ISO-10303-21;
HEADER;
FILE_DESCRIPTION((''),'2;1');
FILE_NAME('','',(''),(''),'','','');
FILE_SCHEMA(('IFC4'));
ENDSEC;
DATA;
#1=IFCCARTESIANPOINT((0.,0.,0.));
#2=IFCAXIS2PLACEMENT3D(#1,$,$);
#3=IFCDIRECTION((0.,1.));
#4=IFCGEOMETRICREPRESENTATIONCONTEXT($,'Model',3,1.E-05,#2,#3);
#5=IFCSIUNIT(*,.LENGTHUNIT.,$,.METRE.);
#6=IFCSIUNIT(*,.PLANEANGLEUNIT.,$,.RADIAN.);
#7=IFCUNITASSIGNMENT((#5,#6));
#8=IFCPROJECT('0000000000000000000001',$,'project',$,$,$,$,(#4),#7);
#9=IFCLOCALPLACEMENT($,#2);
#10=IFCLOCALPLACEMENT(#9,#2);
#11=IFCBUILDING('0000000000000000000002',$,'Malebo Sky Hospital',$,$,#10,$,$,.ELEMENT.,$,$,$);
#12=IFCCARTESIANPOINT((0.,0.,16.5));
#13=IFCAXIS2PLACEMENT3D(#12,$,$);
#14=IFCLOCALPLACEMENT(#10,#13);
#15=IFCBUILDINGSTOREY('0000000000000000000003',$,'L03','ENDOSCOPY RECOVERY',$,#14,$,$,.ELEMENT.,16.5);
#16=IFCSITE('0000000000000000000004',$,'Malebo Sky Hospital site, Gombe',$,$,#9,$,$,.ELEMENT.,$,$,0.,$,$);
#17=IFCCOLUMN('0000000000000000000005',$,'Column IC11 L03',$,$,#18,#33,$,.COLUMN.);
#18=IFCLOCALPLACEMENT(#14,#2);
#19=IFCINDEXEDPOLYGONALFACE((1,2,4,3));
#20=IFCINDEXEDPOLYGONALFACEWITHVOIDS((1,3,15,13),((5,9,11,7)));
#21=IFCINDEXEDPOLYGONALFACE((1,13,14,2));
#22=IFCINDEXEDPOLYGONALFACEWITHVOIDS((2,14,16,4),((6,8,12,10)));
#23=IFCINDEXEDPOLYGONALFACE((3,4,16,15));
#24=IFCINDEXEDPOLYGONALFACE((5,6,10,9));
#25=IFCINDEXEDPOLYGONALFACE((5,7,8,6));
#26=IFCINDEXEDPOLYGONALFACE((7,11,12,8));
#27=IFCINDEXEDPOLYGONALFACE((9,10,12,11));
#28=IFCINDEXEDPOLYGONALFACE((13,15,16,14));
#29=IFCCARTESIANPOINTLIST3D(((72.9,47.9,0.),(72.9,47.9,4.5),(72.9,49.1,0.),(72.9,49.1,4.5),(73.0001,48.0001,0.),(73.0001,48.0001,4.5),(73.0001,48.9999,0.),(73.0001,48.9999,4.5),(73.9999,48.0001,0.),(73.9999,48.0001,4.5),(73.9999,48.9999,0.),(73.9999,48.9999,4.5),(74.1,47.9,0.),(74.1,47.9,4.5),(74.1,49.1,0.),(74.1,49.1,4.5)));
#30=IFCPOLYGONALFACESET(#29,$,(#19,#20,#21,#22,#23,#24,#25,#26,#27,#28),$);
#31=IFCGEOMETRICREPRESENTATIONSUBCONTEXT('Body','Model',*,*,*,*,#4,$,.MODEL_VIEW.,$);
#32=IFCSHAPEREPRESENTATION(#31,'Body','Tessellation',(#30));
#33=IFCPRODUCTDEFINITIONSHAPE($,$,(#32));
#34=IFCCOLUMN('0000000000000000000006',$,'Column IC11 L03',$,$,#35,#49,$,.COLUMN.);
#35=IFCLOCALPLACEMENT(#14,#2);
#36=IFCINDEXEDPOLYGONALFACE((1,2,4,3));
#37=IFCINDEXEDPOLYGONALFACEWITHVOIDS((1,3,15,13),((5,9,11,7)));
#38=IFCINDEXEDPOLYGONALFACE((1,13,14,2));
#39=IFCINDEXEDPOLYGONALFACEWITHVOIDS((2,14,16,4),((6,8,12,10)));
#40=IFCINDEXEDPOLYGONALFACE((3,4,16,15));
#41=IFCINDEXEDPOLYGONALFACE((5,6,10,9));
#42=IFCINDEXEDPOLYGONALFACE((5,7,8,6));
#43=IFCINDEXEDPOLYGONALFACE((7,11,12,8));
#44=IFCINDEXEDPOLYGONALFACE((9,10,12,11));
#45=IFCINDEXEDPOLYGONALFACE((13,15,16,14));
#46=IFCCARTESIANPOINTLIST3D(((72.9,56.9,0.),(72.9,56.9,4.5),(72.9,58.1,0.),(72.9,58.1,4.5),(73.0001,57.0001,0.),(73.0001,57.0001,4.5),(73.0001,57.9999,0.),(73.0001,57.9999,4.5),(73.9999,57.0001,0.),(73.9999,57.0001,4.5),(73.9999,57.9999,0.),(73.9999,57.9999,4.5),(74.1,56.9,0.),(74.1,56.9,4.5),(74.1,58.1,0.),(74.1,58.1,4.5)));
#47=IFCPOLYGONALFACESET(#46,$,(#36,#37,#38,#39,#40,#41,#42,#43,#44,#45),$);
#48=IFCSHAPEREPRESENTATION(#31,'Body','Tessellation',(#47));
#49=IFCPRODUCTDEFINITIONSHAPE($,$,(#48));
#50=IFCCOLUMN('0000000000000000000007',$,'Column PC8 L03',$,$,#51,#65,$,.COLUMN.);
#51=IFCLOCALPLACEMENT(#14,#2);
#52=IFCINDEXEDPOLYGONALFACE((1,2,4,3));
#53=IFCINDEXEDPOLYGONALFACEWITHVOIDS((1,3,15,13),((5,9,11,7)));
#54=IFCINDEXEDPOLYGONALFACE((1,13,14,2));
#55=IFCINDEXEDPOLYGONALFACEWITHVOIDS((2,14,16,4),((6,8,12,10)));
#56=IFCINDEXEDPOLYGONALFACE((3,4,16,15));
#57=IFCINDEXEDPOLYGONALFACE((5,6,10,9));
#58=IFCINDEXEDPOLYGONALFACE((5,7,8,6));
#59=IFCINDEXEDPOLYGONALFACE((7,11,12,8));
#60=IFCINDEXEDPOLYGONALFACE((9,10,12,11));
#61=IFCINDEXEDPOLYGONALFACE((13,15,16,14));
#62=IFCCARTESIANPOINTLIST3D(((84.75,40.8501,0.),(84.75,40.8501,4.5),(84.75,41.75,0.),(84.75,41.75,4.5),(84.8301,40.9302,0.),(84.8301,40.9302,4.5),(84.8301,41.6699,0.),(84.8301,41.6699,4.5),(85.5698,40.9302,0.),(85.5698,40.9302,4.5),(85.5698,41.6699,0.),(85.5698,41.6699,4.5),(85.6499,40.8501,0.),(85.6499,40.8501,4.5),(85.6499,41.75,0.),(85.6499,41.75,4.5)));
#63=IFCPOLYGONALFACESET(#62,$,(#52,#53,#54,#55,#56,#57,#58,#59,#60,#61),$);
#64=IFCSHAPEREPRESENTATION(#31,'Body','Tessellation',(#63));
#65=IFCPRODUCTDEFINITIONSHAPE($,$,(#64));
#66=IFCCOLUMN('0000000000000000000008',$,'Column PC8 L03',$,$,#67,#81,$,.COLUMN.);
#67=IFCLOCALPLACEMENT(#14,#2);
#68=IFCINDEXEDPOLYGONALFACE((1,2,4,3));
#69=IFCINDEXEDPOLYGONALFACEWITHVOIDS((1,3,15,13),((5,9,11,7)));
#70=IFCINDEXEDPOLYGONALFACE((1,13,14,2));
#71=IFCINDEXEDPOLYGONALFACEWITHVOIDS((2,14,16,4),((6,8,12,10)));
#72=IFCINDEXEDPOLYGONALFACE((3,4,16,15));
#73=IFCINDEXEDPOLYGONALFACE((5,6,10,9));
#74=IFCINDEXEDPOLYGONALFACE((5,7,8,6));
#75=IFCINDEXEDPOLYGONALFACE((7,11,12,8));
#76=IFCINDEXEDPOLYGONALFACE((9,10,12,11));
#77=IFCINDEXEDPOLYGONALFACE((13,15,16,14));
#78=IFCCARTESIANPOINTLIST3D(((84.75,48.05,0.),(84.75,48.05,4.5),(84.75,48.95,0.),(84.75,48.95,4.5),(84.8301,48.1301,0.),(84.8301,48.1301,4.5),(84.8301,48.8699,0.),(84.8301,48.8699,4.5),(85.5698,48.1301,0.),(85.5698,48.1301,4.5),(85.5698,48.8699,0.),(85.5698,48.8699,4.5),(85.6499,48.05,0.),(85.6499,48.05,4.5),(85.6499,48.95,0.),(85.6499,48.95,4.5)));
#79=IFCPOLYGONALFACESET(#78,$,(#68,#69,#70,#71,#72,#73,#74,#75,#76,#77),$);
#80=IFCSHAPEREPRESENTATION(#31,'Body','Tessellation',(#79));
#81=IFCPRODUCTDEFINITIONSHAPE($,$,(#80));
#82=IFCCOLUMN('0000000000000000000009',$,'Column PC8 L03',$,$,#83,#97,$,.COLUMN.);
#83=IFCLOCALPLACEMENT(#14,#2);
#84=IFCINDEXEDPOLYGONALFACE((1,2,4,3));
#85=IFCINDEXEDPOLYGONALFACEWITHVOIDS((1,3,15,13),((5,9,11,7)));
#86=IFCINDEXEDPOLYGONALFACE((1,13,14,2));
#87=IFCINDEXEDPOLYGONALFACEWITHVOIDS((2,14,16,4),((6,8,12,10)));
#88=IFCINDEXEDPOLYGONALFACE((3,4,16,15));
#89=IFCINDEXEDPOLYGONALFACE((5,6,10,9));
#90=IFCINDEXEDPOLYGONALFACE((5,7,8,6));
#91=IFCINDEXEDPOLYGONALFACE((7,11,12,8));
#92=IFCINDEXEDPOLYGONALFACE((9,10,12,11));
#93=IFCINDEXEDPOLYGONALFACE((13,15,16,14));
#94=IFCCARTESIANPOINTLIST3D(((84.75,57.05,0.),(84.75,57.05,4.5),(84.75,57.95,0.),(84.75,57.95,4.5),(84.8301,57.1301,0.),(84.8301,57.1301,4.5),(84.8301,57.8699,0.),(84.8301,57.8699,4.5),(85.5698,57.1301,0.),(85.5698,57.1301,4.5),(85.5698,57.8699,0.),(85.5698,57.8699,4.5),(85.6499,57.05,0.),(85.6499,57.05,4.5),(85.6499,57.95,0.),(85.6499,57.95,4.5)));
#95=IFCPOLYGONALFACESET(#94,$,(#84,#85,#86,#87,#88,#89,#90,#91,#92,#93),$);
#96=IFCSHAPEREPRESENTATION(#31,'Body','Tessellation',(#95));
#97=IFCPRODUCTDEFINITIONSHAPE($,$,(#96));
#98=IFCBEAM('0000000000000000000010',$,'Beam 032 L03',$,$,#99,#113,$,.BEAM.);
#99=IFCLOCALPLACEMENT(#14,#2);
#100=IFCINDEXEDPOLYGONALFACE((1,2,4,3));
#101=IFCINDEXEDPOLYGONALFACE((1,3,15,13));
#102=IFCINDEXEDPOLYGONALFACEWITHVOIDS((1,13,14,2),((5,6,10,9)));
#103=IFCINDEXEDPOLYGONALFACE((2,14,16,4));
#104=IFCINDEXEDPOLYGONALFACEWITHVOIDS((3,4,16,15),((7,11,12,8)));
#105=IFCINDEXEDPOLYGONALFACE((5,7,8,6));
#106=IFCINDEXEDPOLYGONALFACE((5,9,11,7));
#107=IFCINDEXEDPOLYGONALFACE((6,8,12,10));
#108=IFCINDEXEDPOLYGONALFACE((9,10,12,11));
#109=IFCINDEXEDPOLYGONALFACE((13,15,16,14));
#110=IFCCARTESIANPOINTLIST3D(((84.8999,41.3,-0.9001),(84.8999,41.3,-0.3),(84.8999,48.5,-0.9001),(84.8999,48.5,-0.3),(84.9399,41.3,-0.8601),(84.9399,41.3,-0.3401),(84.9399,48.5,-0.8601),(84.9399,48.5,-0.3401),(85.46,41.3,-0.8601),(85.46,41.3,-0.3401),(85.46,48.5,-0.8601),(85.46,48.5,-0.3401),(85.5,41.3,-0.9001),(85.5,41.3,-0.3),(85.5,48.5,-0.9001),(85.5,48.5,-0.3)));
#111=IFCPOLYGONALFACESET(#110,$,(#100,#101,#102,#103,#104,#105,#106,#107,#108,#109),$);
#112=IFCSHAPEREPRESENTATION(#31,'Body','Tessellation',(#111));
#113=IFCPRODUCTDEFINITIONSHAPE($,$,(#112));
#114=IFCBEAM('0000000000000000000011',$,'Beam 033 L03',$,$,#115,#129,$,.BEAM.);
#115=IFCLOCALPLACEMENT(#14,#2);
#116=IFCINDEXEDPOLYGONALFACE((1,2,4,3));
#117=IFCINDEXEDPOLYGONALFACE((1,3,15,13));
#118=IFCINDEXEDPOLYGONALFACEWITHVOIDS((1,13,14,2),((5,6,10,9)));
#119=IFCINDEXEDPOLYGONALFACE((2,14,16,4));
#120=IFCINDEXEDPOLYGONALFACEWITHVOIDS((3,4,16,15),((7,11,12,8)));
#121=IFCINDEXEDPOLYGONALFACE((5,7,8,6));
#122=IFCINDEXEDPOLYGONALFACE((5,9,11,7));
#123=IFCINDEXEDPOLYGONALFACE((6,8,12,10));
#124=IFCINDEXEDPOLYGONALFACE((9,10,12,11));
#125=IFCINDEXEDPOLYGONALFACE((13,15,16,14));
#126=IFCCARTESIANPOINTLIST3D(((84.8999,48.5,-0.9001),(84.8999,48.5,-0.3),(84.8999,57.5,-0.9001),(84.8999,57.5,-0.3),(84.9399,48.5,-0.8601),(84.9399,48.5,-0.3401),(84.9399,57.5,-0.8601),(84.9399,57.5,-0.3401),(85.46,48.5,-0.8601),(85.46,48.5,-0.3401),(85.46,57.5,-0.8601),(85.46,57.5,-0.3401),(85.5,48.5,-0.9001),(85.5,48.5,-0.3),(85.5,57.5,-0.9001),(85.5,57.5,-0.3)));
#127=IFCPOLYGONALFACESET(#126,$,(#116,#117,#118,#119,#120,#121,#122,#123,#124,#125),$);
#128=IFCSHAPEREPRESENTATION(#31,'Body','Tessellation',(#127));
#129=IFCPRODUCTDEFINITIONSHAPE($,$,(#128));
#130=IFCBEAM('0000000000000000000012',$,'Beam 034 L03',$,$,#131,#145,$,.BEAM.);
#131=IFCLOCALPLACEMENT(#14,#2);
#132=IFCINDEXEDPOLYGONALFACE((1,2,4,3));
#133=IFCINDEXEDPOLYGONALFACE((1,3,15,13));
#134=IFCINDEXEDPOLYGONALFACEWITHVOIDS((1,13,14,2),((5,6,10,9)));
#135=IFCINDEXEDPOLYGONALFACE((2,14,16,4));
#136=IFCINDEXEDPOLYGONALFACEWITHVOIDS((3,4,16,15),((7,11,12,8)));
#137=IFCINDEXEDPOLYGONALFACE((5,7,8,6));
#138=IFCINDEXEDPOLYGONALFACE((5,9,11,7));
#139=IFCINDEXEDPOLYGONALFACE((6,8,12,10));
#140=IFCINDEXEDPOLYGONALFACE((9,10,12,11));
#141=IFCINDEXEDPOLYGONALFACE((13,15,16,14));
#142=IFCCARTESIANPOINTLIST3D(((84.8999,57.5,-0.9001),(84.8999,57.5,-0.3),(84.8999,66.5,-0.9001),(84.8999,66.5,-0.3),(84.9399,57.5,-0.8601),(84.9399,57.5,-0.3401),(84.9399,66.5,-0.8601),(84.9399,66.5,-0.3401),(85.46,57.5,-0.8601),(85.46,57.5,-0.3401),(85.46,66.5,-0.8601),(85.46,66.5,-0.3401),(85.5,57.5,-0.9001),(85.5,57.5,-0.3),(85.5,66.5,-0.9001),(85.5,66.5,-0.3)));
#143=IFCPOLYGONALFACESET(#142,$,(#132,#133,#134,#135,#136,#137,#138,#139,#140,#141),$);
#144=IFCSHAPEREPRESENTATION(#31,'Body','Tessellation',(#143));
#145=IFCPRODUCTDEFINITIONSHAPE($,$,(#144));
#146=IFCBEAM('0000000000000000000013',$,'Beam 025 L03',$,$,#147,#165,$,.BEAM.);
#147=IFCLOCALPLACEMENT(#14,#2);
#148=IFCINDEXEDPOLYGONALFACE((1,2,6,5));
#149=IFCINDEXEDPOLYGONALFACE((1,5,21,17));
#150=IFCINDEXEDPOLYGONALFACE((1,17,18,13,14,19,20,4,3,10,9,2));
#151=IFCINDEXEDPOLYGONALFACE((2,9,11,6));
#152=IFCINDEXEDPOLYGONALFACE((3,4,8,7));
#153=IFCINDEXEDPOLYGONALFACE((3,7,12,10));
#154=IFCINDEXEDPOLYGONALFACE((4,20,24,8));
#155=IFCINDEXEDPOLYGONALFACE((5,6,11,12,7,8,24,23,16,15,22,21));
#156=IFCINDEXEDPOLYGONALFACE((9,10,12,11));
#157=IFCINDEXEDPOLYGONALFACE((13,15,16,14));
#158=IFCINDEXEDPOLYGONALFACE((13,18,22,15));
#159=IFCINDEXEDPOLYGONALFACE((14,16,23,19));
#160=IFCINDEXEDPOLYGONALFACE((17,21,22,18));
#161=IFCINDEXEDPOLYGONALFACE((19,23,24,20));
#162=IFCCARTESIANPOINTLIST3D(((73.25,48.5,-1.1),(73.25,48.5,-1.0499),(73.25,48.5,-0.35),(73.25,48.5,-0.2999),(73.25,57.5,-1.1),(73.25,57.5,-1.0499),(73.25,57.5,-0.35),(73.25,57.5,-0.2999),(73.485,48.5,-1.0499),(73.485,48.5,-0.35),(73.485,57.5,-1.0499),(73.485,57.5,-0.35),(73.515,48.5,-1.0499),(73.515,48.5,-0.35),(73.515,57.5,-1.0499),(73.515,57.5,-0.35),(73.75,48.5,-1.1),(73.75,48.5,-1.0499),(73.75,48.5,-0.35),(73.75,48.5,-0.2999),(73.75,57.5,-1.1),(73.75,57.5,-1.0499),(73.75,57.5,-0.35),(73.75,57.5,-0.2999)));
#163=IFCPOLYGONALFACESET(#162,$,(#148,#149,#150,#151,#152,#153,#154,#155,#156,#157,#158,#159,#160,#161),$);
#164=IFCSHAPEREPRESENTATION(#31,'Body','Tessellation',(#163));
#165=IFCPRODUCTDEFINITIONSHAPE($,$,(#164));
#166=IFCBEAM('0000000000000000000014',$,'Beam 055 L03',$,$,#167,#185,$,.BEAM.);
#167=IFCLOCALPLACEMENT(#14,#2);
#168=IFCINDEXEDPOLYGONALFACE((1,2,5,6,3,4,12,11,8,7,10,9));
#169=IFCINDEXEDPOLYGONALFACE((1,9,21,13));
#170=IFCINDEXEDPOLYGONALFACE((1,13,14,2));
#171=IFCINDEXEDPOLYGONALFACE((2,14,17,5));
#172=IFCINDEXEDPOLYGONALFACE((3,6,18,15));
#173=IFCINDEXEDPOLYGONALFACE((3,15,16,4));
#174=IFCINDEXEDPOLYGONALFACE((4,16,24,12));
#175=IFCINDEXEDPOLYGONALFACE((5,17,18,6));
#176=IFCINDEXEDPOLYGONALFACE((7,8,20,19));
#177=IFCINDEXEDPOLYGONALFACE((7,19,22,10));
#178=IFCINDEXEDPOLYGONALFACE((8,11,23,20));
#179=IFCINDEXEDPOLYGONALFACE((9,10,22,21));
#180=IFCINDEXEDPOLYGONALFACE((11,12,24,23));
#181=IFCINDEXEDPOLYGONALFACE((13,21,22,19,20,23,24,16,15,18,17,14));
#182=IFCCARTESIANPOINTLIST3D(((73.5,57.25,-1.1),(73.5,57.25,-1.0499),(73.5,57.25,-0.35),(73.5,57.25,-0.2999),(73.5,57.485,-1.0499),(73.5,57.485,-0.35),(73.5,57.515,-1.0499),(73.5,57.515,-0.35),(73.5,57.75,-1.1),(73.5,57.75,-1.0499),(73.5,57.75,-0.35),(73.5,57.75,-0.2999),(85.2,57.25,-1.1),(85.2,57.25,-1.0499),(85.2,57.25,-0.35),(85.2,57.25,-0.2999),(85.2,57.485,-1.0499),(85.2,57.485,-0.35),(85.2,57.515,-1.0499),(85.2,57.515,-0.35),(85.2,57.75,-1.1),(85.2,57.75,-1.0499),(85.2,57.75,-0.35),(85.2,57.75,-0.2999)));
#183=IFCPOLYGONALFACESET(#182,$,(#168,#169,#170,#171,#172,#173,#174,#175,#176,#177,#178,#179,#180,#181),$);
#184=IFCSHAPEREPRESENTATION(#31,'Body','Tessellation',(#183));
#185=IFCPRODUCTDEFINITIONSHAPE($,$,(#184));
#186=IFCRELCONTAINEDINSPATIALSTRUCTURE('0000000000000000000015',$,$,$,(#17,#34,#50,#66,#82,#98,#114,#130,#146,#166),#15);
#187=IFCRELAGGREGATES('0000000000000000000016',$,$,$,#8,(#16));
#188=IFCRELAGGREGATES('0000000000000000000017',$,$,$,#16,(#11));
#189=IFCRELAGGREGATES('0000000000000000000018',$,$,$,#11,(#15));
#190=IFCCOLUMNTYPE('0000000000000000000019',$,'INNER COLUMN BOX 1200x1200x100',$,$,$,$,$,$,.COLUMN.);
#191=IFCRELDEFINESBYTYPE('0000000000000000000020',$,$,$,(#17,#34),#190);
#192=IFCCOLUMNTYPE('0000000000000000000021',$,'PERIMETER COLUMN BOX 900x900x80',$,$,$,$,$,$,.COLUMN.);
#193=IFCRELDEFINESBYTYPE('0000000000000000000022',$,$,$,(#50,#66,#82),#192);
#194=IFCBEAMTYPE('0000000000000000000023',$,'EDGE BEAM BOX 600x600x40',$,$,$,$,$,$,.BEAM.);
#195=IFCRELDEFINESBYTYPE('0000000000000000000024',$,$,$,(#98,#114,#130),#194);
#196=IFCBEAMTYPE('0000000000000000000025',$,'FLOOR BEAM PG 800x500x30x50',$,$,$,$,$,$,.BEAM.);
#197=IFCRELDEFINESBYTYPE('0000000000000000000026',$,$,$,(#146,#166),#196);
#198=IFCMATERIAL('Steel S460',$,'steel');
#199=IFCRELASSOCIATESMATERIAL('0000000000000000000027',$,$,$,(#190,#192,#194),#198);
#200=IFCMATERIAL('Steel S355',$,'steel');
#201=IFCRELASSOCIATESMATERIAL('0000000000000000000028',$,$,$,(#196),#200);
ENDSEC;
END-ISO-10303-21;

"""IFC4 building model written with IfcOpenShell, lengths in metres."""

from ifc_helpers import new_model, si_unit, direction, frame, origin, origin_2d, place, context, subcontext, project, spatial, hollow_rectangle, i_section, extrude, material, material_profile, profile_set, type_object, element, save


model = new_model("IFC4")

# Units and contexts
model_context = context("Model", 3, precision=1e-05, world=origin(), true_north=direction((0.0, 1.0)))
body_context = subcontext(model_context, "Body", "Model", "MODEL_VIEW")
ifc_project = project(units=[si_unit("LENGTHUNIT", "METRE"), si_unit("PLANEANGLEUNIT", "RADIAN")], contexts=[model_context])

# Site, building, storey
site_placement = place(None, origin())
site = spatial("IfcSite", under=ifc_project, at=site_placement, Name="Malebo Sky Hospital site, Gombe", CompositionType="ELEMENT", RefElevation=0.0)
building_placement = place(site_placement, origin())
building = spatial("IfcBuilding", under=site, at=building_placement, Name="Malebo Sky Hospital", CompositionType="ELEMENT")
storey_placement = place(building_placement, frame((0.0, 0.0, 16.5)))
storey = spatial("IfcBuildingStorey", under=building, at=storey_placement, Name="L03", Description="ENDOSCOPY RECOVERY", CompositionType="ELEMENT", Elevation=16.5)

# Columns
ifc_material_1 = material(Name="Steel S460", Category="steel")
ifc_material_profile_1 = material_profile(ifc_material_1, hollow_rectangle(XDim=1.2, YDim=1.2, WallThickness=0.1001, at=origin_2d()), Name="BOX 1200x1200x100")
ifc_profile_set_1 = profile_set([ifc_material_profile_1], Name="Steel S460")
column_type_1 = type_object("IfcColumnType", Name="INNER COLUMN BOX 1200x1200x100", PredefinedType="COLUMN", material=ifc_profile_set_1)
for number, where, z_axis, x_axis, name in (
    (1, (73.5, 48.5, 0.0), (0.0, 0.0, 1.0), (1.0, 0.0, 0.0), "Column IC11 L03"),
    (2, (73.5, 57.5, 0.0), (0.0, 0.0, 1.0), (1.0, 0.0, 0.0), "Column IC11 L03"),
):
    element("IfcColumn", number, at=place(storey_placement, frame(where, z_axis=z_axis, x_axis=x_axis)), inside=storey, type_object=column_type_1, Name=name, PredefinedType="COLUMN", context=body_context, shape_type="SweptSolid", body=[
        extrude(hollow_rectangle(XDim=1.2, YDim=1.2, WallThickness=0.1001, at=origin_2d()), origin(), (0.0, 0.0, 1.0), 4.5),
    ])
ifc_material_profile_2 = material_profile(ifc_material_1, hollow_rectangle(XDim=0.8999, YDim=0.8999, WallThickness=0.0801, at=origin_2d()), Name="BOX 900x900x80")
ifc_profile_set_2 = profile_set([ifc_material_profile_2], Name="Steel S460")
column_type_2 = type_object("IfcColumnType", Name="PERIMETER COLUMN BOX 900x900x80", PredefinedType="COLUMN", material=ifc_profile_set_2)
for number, where, z_axis, x_axis, name in (
    (3, (85.2, 41.3, 0.0), (0.0, 0.0, 1.0), (1.0, 0.0, 0.0), "Column PC8 L03"),
    (4, (85.2, 48.5, 0.0), (0.0, 0.0, 1.0), (1.0, 0.0, 0.0), "Column PC8 L03"),
    (5, (85.2, 57.5, 0.0), (0.0, 0.0, 1.0), (1.0, 0.0, 0.0), "Column PC8 L03"),
):
    element("IfcColumn", number, at=place(storey_placement, frame(where, z_axis=z_axis, x_axis=x_axis)), inside=storey, type_object=column_type_2, Name=name, PredefinedType="COLUMN", context=body_context, shape_type="SweptSolid", body=[
        extrude(hollow_rectangle(XDim=0.8999, YDim=0.8999, WallThickness=0.0801, at=origin_2d()), origin(), (0.0, 0.0, 1.0), 4.5),
    ])

# Beams
ifc_material_profile_3 = material_profile(ifc_material_1, hollow_rectangle(XDim=0.6001, YDim=0.6001, WallThickness=0.04, at=origin_2d()), Name="BOX 600x600x40")
ifc_profile_set_3 = profile_set([ifc_material_profile_3], Name="Steel S460")
beam_type_1 = type_object("IfcBeamType", Name="EDGE BEAM BOX 600x600x40", PredefinedType="BEAM", material=ifc_profile_set_3)
beam_1_placement = place(storey_placement, frame((85.2, 41.3, -0.6001), z_axis=(0.0, 1.0, 0.0), x_axis=(-1.0, 0.0, 0.0)))
element("IfcBeam", 6, at=beam_1_placement, inside=storey, type_object=beam_type_1, Name="Beam 032 L03", PredefinedType="BEAM", context=body_context, shape_type="SweptSolid", body=[
    extrude(hollow_rectangle(XDim=0.6001, YDim=0.6001, WallThickness=0.04, at=origin_2d()), origin(), (0.0, 0.0, 1.0), 7.2),
])
for number, where, z_axis, x_axis, name in (
    (7, (85.2, 48.5, -0.6001), (0.0, 1.0, 0.0), (-1.0, 0.0, 0.0), "Beam 033 L03"),
    (8, (85.2, 57.5, -0.6001), (0.0, 1.0, 0.0), (-1.0, 0.0, 0.0), "Beam 034 L03"),
):
    element("IfcBeam", number, at=place(storey_placement, frame(where, z_axis=z_axis, x_axis=x_axis)), inside=storey, type_object=beam_type_1, Name=name, PredefinedType="BEAM", context=body_context, shape_type="SweptSolid", body=[
        extrude(hollow_rectangle(XDim=0.6001, YDim=0.6001, WallThickness=0.04, at=origin_2d()), origin(), (0.0, 0.0, 1.0), 9.0),
    ])
ifc_material_2 = material(Name="Steel S355", Category="steel")
ifc_material_profile_4 = material_profile(ifc_material_2, i_section(OverallWidth=0.5, OverallDepth=0.8, WebThickness=0.03, FlangeThickness=0.05, at=origin_2d()), Name="PG 800x500x30x50")
ifc_profile_set_4 = profile_set([ifc_material_profile_4], Name="Steel S355")
beam_type_2 = type_object("IfcBeamType", Name="FLOOR BEAM PG 800x500x30x50", PredefinedType="BEAM", material=ifc_profile_set_4)
beam_2_placement = place(storey_placement, frame((73.5, 48.5, -0.7), z_axis=(0.0, 1.0, 0.0), x_axis=(-1.0, 0.0, 0.0)))
element("IfcBeam", 9, at=beam_2_placement, inside=storey, type_object=beam_type_2, Name="Beam 025 L03", PredefinedType="BEAM", context=body_context, shape_type="SweptSolid", body=[
    extrude(i_section(OverallWidth=0.5, OverallDepth=0.8, WebThickness=0.03, FlangeThickness=0.05, at=origin_2d()), origin(), (0.0, 0.0, 1.0), 9.0),
])
beam_3_placement = place(storey_placement, frame((73.5, 57.5, -0.7), z_axis=(1.0, 0.0, 0.0), x_axis=(0.0, 1.0, 0.0)))
element("IfcBeam", 10, at=beam_3_placement, inside=storey, type_object=beam_type_2, Name="Beam 055 L03", PredefinedType="BEAM", context=body_context, shape_type="SweptSolid", body=[
    extrude(i_section(OverallWidth=0.5, OverallDepth=0.8, WebThickness=0.03, FlangeThickness=0.05, at=origin_2d()), origin(), (0.0, 0.0, 1.0), 11.7),
])

save(model, "model.ifc")
